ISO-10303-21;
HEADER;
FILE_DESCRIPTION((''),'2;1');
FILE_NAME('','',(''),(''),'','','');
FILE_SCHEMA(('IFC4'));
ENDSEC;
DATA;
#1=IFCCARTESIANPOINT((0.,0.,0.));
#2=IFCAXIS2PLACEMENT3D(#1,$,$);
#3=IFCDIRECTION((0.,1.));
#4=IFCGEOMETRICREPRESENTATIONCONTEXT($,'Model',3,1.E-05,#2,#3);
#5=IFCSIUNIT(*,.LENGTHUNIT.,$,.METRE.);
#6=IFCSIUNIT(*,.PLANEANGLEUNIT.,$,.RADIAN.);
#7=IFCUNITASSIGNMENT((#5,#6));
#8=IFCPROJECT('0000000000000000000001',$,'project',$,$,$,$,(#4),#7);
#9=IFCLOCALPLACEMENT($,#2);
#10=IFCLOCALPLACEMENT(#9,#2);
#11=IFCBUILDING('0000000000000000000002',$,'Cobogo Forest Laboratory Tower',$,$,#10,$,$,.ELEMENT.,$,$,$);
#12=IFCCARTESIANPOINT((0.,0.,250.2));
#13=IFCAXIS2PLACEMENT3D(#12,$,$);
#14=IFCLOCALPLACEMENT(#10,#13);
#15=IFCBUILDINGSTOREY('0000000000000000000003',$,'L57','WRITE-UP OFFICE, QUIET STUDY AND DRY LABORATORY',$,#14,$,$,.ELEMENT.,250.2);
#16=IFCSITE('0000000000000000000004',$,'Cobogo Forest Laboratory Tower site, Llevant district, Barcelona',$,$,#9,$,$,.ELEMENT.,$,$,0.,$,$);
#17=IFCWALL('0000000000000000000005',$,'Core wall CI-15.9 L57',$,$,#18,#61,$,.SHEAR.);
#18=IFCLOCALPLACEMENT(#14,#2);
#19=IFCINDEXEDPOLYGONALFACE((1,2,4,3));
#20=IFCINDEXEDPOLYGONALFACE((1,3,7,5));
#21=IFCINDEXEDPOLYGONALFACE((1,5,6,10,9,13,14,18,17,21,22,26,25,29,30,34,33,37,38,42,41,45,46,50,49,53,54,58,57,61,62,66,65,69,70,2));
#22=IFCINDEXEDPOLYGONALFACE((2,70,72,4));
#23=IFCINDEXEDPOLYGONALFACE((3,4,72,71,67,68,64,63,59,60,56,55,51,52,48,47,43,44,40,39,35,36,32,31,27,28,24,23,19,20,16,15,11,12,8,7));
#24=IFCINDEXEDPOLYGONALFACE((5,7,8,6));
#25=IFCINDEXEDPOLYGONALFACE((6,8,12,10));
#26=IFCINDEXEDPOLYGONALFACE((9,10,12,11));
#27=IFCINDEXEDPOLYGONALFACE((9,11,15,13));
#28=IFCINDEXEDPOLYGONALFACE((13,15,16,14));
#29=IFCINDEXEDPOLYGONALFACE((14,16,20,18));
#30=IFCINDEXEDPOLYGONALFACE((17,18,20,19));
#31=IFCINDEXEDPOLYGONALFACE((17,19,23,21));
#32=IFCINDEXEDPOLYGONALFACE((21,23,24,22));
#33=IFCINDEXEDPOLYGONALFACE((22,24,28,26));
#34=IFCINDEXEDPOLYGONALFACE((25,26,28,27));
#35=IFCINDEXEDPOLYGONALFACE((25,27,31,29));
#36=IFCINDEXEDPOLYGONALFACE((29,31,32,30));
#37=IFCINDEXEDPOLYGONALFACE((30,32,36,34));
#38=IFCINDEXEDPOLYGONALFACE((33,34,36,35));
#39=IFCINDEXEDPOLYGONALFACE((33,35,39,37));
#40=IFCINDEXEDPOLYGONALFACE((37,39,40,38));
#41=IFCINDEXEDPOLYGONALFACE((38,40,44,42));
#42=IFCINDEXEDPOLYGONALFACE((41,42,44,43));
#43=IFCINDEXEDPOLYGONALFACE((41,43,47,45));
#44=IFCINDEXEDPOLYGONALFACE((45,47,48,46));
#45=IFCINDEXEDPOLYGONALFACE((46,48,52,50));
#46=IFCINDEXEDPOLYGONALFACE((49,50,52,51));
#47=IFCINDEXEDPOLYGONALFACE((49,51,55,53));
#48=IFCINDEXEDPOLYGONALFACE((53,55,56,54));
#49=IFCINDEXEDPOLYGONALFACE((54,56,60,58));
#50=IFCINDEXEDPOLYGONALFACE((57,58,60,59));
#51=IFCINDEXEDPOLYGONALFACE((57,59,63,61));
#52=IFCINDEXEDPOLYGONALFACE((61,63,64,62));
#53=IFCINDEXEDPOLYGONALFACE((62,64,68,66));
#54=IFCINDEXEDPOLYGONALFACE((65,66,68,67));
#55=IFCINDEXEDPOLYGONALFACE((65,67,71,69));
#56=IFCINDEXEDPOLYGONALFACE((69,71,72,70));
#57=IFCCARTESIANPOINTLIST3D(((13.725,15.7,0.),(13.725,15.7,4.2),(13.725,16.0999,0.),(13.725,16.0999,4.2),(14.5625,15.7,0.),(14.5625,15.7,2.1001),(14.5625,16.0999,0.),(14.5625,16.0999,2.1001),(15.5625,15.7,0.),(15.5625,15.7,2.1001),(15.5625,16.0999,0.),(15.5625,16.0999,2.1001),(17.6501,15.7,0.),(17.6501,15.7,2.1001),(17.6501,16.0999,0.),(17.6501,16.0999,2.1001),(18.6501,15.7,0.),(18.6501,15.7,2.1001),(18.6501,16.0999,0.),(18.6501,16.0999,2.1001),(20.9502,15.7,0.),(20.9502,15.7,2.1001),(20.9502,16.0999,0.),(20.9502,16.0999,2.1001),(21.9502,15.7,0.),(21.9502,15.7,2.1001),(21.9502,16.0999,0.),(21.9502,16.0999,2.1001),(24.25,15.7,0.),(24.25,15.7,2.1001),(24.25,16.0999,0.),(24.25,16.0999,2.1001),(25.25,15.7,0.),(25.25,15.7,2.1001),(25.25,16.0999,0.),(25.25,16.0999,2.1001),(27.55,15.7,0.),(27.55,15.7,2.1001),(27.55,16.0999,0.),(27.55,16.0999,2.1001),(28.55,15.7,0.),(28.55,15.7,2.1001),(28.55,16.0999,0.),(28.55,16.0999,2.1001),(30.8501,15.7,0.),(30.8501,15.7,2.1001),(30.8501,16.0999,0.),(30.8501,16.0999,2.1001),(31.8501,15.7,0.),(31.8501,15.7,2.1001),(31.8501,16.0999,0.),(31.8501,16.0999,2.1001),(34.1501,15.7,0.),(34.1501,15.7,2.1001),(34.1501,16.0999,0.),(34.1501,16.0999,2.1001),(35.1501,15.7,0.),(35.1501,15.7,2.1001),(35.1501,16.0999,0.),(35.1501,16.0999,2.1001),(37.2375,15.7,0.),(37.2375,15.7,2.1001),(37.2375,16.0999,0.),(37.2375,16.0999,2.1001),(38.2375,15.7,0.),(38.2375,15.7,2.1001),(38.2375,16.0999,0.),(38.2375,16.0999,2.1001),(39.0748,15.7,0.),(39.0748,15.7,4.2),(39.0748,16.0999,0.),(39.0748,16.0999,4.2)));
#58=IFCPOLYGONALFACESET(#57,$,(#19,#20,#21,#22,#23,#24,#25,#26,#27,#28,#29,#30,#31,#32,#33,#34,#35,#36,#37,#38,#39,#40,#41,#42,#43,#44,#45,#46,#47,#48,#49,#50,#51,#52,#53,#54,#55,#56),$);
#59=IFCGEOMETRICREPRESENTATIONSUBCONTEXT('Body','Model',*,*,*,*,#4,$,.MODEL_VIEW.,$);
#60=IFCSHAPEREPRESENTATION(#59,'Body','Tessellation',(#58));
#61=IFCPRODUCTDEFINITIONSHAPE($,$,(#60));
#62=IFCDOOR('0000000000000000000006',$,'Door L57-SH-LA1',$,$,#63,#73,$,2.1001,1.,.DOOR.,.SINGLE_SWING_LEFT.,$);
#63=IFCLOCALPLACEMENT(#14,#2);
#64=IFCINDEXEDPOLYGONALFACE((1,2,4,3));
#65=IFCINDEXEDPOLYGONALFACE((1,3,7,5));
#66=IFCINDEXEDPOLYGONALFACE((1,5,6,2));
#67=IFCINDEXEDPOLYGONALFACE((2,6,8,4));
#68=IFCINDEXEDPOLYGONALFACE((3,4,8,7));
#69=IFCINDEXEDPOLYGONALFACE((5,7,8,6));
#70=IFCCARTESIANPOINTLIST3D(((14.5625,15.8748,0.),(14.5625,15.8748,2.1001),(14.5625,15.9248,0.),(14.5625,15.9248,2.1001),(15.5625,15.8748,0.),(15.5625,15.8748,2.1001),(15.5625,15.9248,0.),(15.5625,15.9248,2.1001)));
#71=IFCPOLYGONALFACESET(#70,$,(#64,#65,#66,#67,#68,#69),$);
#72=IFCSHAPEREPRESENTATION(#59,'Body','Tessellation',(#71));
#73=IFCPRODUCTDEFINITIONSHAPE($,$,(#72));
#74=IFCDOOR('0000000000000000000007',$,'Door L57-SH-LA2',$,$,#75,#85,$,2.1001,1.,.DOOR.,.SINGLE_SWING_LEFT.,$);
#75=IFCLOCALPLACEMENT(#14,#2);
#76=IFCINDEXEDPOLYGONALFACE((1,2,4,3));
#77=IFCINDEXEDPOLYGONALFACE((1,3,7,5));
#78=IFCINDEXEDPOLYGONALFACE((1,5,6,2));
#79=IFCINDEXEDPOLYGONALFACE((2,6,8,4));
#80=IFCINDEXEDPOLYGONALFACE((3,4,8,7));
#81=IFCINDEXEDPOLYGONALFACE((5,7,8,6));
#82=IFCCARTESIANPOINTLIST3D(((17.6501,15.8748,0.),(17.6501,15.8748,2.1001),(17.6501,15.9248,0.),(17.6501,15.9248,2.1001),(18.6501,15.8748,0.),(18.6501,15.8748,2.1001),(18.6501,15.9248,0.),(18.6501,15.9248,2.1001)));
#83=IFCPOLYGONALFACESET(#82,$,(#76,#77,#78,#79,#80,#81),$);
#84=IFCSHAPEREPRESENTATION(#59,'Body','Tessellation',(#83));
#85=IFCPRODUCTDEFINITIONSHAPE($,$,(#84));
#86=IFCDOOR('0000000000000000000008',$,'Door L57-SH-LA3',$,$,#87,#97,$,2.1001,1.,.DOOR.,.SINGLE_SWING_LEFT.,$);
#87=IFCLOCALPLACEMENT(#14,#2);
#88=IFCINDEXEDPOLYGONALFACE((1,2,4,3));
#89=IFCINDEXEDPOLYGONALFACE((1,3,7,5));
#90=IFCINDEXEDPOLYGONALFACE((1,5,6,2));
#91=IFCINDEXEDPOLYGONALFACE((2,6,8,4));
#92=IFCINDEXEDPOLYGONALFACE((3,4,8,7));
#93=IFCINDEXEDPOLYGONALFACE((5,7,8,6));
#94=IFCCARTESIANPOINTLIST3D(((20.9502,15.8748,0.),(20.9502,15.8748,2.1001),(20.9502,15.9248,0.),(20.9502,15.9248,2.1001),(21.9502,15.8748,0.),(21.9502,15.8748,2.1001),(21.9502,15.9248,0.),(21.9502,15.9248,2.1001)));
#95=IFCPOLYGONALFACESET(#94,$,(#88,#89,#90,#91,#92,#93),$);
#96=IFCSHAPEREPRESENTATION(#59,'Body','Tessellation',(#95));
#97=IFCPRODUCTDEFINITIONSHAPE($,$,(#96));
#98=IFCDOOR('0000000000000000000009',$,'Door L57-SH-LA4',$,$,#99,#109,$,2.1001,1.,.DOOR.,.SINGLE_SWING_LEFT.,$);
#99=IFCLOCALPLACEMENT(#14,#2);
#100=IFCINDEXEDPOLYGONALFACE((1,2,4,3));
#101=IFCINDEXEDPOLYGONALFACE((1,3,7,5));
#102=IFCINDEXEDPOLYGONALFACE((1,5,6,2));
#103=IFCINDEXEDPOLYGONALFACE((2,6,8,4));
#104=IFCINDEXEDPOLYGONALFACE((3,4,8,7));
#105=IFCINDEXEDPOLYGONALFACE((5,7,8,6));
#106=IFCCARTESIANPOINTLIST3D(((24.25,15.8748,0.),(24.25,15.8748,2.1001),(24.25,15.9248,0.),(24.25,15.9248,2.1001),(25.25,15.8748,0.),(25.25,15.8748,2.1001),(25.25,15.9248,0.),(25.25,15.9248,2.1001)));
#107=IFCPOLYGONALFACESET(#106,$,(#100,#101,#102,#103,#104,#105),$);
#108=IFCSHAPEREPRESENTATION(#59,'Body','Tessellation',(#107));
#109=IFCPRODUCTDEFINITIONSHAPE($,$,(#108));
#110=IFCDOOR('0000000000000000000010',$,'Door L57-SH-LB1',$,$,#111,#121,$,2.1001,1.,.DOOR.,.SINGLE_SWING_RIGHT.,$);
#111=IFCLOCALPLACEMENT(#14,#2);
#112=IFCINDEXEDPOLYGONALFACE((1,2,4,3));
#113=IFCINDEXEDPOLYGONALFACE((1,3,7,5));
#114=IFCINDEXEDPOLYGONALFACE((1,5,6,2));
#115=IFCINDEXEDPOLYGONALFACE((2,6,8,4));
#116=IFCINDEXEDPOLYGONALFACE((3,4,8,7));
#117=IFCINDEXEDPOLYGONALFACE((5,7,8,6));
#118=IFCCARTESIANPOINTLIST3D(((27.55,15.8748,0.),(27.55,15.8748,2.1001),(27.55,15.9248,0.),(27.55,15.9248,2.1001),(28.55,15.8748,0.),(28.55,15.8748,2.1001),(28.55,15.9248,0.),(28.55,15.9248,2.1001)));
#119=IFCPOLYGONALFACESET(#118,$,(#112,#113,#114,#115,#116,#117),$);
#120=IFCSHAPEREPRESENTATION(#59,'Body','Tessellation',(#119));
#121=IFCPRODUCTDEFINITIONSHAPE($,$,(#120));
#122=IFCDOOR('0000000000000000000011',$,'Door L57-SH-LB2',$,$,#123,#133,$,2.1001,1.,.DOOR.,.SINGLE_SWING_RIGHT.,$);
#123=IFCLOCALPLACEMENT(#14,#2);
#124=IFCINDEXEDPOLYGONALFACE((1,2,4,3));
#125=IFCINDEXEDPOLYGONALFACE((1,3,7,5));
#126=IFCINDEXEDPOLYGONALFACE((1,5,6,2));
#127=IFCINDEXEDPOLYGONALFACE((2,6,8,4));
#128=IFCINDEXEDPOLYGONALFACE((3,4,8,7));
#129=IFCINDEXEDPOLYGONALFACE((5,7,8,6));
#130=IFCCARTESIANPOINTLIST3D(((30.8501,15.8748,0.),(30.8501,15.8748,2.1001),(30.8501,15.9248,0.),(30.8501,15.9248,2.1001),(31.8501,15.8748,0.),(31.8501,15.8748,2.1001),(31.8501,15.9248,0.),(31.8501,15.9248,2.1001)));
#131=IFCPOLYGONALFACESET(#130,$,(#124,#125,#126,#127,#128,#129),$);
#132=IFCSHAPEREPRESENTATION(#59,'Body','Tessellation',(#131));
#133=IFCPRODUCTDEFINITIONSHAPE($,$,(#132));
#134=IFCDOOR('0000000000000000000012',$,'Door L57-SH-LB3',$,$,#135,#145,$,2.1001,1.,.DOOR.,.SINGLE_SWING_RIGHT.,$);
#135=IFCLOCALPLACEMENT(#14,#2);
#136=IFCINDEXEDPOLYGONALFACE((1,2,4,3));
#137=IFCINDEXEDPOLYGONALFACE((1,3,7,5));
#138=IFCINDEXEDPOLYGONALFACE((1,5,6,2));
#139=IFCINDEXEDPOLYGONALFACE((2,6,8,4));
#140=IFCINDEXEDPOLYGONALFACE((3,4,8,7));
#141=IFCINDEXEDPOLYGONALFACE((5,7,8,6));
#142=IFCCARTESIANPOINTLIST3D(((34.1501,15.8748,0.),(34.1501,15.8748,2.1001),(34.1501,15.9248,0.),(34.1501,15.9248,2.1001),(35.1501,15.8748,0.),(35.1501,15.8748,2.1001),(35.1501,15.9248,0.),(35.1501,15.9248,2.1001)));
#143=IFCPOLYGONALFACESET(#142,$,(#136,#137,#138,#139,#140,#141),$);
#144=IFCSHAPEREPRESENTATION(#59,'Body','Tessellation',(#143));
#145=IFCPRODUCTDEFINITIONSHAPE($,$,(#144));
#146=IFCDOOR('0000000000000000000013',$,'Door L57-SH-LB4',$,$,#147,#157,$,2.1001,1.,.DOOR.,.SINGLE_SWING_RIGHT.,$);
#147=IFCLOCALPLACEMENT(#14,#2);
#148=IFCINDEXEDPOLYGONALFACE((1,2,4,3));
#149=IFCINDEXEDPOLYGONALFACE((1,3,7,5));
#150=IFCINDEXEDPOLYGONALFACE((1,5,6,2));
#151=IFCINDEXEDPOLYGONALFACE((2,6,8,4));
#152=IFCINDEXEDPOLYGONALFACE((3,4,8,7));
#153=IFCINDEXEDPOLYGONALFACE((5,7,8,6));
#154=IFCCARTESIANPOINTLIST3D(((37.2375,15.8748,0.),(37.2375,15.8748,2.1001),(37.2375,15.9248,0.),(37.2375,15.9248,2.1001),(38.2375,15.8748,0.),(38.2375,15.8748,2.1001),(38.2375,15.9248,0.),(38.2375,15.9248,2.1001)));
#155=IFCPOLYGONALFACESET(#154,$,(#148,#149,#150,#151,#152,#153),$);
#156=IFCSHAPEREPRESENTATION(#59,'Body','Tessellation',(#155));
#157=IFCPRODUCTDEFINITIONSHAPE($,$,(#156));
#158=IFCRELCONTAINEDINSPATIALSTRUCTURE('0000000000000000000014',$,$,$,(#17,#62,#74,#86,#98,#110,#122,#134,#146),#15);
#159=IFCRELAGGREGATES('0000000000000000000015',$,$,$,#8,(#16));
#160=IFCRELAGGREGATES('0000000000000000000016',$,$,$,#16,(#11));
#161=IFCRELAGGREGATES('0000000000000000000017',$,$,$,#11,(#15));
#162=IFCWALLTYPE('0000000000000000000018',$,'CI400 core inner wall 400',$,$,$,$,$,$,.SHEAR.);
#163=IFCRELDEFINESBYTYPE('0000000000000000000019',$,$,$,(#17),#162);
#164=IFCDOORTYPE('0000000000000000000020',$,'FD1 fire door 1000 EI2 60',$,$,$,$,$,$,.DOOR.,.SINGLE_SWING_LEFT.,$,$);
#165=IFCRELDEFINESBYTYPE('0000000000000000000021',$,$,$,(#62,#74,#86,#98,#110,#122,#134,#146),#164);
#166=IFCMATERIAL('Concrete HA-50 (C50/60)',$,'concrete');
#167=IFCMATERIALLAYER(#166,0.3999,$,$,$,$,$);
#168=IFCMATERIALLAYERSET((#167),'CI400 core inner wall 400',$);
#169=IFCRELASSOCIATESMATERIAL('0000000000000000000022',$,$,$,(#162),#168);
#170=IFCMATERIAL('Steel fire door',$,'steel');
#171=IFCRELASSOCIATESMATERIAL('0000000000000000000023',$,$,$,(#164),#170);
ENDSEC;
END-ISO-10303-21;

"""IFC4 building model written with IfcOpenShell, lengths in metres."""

from ifc_helpers import new_model, si_unit, direction, frame, frame_2d, origin, place, context, subcontext, project, spatial, rectangle, extrude, material, layer, layer_set, type_object, element, fill, save


model = new_model("IFC4")

# Units and contexts
model_context = context("Model", 3, precision=1e-05, world=origin(), true_north=direction((0.0, 1.0)))
body_context = subcontext(model_context, "Body", "Model", "MODEL_VIEW")
ifc_project = project(units=[si_unit("LENGTHUNIT", "METRE"), si_unit("PLANEANGLEUNIT", "RADIAN")], contexts=[model_context])

# Site, building, storey
site_placement = place(None, origin())
site = spatial("IfcSite", under=ifc_project, at=site_placement, Name="Cobogo Forest Laboratory Tower site, Llevant district, Barcelona", CompositionType="ELEMENT", RefElevation=0.0)
building_placement = place(site_placement, origin())
building = spatial("IfcBuilding", under=site, at=building_placement, Name="Cobogo Forest Laboratory Tower", CompositionType="ELEMENT")
storey_placement = place(building_placement, frame((0.0, 0.0, 250.2)))
storey = spatial("IfcBuildingStorey", under=building, at=storey_placement, Name="L57", Description="WRITE-UP OFFICE, QUIET STUDY AND DRY LABORATORY", CompositionType="ELEMENT", Elevation=250.2)

# Wall, openings, doors
ifc_material_1 = material(Name="Concrete HA-50 (C50/60)", Category="concrete")
ifc_layer_1 = layer(ifc_material_1, 0.3999)
ifc_layer_set_1 = layer_set([ifc_layer_1], Name="CI400 core inner wall 400")
wall_type_1 = type_object("IfcWallType", Name="CI400 core inner wall 400", PredefinedType="SHEAR", material=ifc_layer_set_1)
wall_1_placement = place(storey_placement, frame((13.7251, 15.8999, 0.0), z_axis=(0.0, 0.0, 1.0), x_axis=(1.0, 0.0, 0.0)))
wall_1 = element("IfcWall", 1, at=wall_1_placement, inside=storey, type_object=wall_type_1, Name="Core wall CI-15.9 L57", PredefinedType="SHEAR", context=body_context, shape_type="SweptSolid", body=[
    extrude(rectangle(XDim=25.3499, YDim=0.3999, at=frame_2d((12.6748, 0.0))), origin(), (0.0, 0.0, 1.0), 4.2),
])
opening_1_placement = place(wall_1_placement, frame((0.8374, 0.0, 0.0)))
opening_1 = element("IfcOpeningElement", 2, at=opening_1_placement, cuts=wall_1, PredefinedType="OPENING", context=body_context, shape_type="SweptSolid", body=[
    extrude(rectangle(XDim=1.0, YDim=2.1001, at=frame_2d((0.5, 1.05))), frame((0.0, 0.21, 0.0), z_axis=(0.0, -1.0, 0.0), x_axis=(1.0, 0.0, 0.0)), (0.0, 0.0, 1.0), 0.4199),
])
opening_2_placement = place(wall_1_placement, frame((3.925, 0.0, 0.0)))
opening_2 = element("IfcOpeningElement", 3, at=opening_2_placement, cuts=wall_1, PredefinedType="OPENING", context=body_context, shape_type="SweptSolid", body=[
    extrude(rectangle(XDim=1.0, YDim=2.1001, at=frame_2d((0.5, 1.05))), frame((0.0, 0.21, 0.0), z_axis=(0.0, -1.0, 0.0), x_axis=(1.0, 0.0, 0.0)), (0.0, 0.0, 1.0), 0.4199),
])
opening_3_placement = place(wall_1_placement, frame((7.2251, 0.0, 0.0)))
opening_3 = element("IfcOpeningElement", 4, at=opening_3_placement, cuts=wall_1, PredefinedType="OPENING", context=body_context, shape_type="SweptSolid", body=[
    extrude(rectangle(XDim=1.0, YDim=2.1001, at=frame_2d((0.5, 1.05))), frame((0.0, 0.21, 0.0), z_axis=(0.0, -1.0, 0.0), x_axis=(1.0, 0.0, 0.0)), (0.0, 0.0, 1.0), 0.4199),
])
opening_4_placement = place(wall_1_placement, frame((10.5249, 0.0, 0.0)))
opening_4 = element("IfcOpeningElement", 5, at=opening_4_placement, cuts=wall_1, PredefinedType="OPENING", context=body_context, shape_type="SweptSolid", body=[
    extrude(rectangle(XDim=1.0, YDim=2.1001, at=frame_2d((0.5, 1.05))), frame((0.0, 0.21, 0.0), z_axis=(0.0, -1.0, 0.0), x_axis=(1.0, 0.0, 0.0)), (0.0, 0.0, 1.0), 0.4199),
])
opening_5_placement = place(wall_1_placement, frame((13.825, 0.0, 0.0)))
opening_5 = element("IfcOpeningElement", 6, at=opening_5_placement, cuts=wall_1, PredefinedType="OPENING", context=body_context, shape_type="SweptSolid", body=[
    extrude(rectangle(XDim=1.0, YDim=2.1001, at=frame_2d((0.5, 1.05))), frame((0.0, 0.21, 0.0), z_axis=(0.0, -1.0, 0.0), x_axis=(1.0, 0.0, 0.0)), (0.0, 0.0, 1.0), 0.4199),
])
opening_6_placement = place(wall_1_placement, frame((17.125, 0.0, 0.0)))
opening_6 = element("IfcOpeningElement", 7, at=opening_6_placement, cuts=wall_1, PredefinedType="OPENING", context=body_context, shape_type="SweptSolid", body=[
    extrude(rectangle(XDim=1.0, YDim=2.1001, at=frame_2d((0.5, 1.05))), frame((0.0, 0.21, 0.0), z_axis=(0.0, -1.0, 0.0), x_axis=(1.0, 0.0, 0.0)), (0.0, 0.0, 1.0), 0.4199),
])
opening_7_placement = place(wall_1_placement, frame((20.425, 0.0, 0.0)))
opening_7 = element("IfcOpeningElement", 8, at=opening_7_placement, cuts=wall_1, PredefinedType="OPENING", context=body_context, shape_type="SweptSolid", body=[
    extrude(rectangle(XDim=1.0, YDim=2.1001, at=frame_2d((0.5, 1.05))), frame((0.0, 0.21, 0.0), z_axis=(0.0, -1.0, 0.0), x_axis=(1.0, 0.0, 0.0)), (0.0, 0.0, 1.0), 0.4199),
])
opening_8_placement = place(wall_1_placement, frame((23.5125, 0.0, 0.0)))
opening_8 = element("IfcOpeningElement", 9, at=opening_8_placement, cuts=wall_1, PredefinedType="OPENING", context=body_context, shape_type="SweptSolid", body=[
    extrude(rectangle(XDim=1.0, YDim=2.1001, at=frame_2d((0.5, 1.05))), frame((0.0, 0.21, 0.0), z_axis=(0.0, -1.0, 0.0), x_axis=(1.0, 0.0, 0.0)), (0.0, 0.0, 1.0), 0.4199),
])
ifc_material_2 = material(Name="Steel fire door", Category="steel")
door_type_1 = type_object("IfcDoorType", Name="FD1 fire door 1000 EI2 60", OperationType="SINGLE_SWING_LEFT", PredefinedType="DOOR", material=ifc_material_2)
door_1_placement = place(opening_1_placement, origin())
door_1 = element("IfcDoor", 10, at=door_1_placement, inside=storey, type_object=door_type_1, Name="Door L57-SH-LA1", OperationType="SINGLE_SWING_LEFT", OverallHeight=2.1001, OverallWidth=1.0, PredefinedType="DOOR", context=body_context, shape_type="SweptSolid", body=[
    extrude(rectangle(XDim=1.0, YDim=2.1001, at=frame_2d((0.5, 1.05))), frame((0.0, 0.0249, 0.0), z_axis=(0.0, -1.0, 0.0), x_axis=(1.0, 0.0, 0.0)), (0.0, 0.0, 1.0), 0.05),
])
fill(opening_1, door_1)
door_2_placement = place(opening_2_placement, origin())
door_2 = element("IfcDoor", 11, at=door_2_placement, inside=storey, type_object=door_type_1, Name="Door L57-SH-LA2", OperationType="SINGLE_SWING_LEFT", OverallHeight=2.1001, OverallWidth=1.0, PredefinedType="DOOR", context=body_context, shape_type="SweptSolid", body=[
    extrude(rectangle(XDim=1.0, YDim=2.1001, at=frame_2d((0.5, 1.05))), frame((0.0, 0.0249, 0.0), z_axis=(0.0, -1.0, 0.0), x_axis=(1.0, 0.0, 0.0)), (0.0, 0.0, 1.0), 0.05),
])
fill(opening_2, door_2)
door_3_placement = place(opening_3_placement, origin())
door_3 = element("IfcDoor", 12, at=door_3_placement, inside=storey, type_object=door_type_1, Name="Door L57-SH-LA3", OperationType="SINGLE_SWING_LEFT", OverallHeight=2.1001, OverallWidth=1.0, PredefinedType="DOOR", context=body_context, shape_type="SweptSolid", body=[
    extrude(rectangle(XDim=1.0, YDim=2.1001, at=frame_2d((0.5, 1.05))), frame((0.0, 0.0249, 0.0), z_axis=(0.0, -1.0, 0.0), x_axis=(1.0, 0.0, 0.0)), (0.0, 0.0, 1.0), 0.05),
])
fill(opening_3, door_3)
door_4_placement = place(opening_4_placement, origin())
door_4 = element("IfcDoor", 13, at=door_4_placement, inside=storey, type_object=door_type_1, Name="Door L57-SH-LA4", OperationType="SINGLE_SWING_LEFT", OverallHeight=2.1001, OverallWidth=1.0, PredefinedType="DOOR", context=body_context, shape_type="SweptSolid", body=[
    extrude(rectangle(XDim=1.0, YDim=2.1001, at=frame_2d((0.5, 1.05))), frame((0.0, 0.0249, 0.0), z_axis=(0.0, -1.0, 0.0), x_axis=(1.0, 0.0, 0.0)), (0.0, 0.0, 1.0), 0.05),
])
fill(opening_4, door_4)
door_5_placement = place(opening_5_placement, origin())
door_5 = element("IfcDoor", 14, at=door_5_placement, inside=storey, type_object=door_type_1, Name="Door L57-SH-LB1", OperationType="SINGLE_SWING_RIGHT", OverallHeight=2.1001, OverallWidth=1.0, PredefinedType="DOOR", context=body_context, shape_type="SweptSolid", body=[
    extrude(rectangle(XDim=1.0, YDim=2.1001, at=frame_2d((0.5, 1.05))), frame((0.0, 0.0249, 0.0), z_axis=(0.0, -1.0, 0.0), x_axis=(1.0, 0.0, 0.0)), (0.0, 0.0, 1.0), 0.05),
])
fill(opening_5, door_5)
door_6_placement = place(opening_6_placement, origin())
door_6 = element("IfcDoor", 15, at=door_6_placement, inside=storey, type_object=door_type_1, Name="Door L57-SH-LB2", OperationType="SINGLE_SWING_RIGHT", OverallHeight=2.1001, OverallWidth=1.0, PredefinedType="DOOR", context=body_context, shape_type="SweptSolid", body=[
    extrude(rectangle(XDim=1.0, YDim=2.1001, at=frame_2d((0.5, 1.05))), frame((0.0, 0.0249, 0.0), z_axis=(0.0, -1.0, 0.0), x_axis=(1.0, 0.0, 0.0)), (0.0, 0.0, 1.0), 0.05),
])
fill(opening_6, door_6)
door_7_placement = place(opening_7_placement, origin())
door_7 = element("IfcDoor", 16, at=door_7_placement, inside=storey, type_object=door_type_1, Name="Door L57-SH-LB3", OperationType="SINGLE_SWING_RIGHT", OverallHeight=2.1001, OverallWidth=1.0, PredefinedType="DOOR", context=body_context, shape_type="SweptSolid", body=[
    extrude(rectangle(XDim=1.0, YDim=2.1001, at=frame_2d((0.5, 1.05))), frame((0.0, 0.0249, 0.0), z_axis=(0.0, -1.0, 0.0), x_axis=(1.0, 0.0, 0.0)), (0.0, 0.0, 1.0), 0.05),
])
fill(opening_7, door_7)
door_8_placement = place(opening_8_placement, origin())
door_8 = element("IfcDoor", 17, at=door_8_placement, inside=storey, type_object=door_type_1, Name="Door L57-SH-LB4", OperationType="SINGLE_SWING_RIGHT", OverallHeight=2.1001, OverallWidth=1.0, PredefinedType="DOOR", context=body_context, shape_type="SweptSolid", body=[
    extrude(rectangle(XDim=1.0, YDim=2.1001, at=frame_2d((0.5, 1.05))), frame((0.0, 0.0249, 0.0), z_axis=(0.0, -1.0, 0.0), x_axis=(1.0, 0.0, 0.0)), (0.0, 0.0, 1.0), 0.05),
])
fill(opening_8, door_8)

save(model, "model.ifc")
